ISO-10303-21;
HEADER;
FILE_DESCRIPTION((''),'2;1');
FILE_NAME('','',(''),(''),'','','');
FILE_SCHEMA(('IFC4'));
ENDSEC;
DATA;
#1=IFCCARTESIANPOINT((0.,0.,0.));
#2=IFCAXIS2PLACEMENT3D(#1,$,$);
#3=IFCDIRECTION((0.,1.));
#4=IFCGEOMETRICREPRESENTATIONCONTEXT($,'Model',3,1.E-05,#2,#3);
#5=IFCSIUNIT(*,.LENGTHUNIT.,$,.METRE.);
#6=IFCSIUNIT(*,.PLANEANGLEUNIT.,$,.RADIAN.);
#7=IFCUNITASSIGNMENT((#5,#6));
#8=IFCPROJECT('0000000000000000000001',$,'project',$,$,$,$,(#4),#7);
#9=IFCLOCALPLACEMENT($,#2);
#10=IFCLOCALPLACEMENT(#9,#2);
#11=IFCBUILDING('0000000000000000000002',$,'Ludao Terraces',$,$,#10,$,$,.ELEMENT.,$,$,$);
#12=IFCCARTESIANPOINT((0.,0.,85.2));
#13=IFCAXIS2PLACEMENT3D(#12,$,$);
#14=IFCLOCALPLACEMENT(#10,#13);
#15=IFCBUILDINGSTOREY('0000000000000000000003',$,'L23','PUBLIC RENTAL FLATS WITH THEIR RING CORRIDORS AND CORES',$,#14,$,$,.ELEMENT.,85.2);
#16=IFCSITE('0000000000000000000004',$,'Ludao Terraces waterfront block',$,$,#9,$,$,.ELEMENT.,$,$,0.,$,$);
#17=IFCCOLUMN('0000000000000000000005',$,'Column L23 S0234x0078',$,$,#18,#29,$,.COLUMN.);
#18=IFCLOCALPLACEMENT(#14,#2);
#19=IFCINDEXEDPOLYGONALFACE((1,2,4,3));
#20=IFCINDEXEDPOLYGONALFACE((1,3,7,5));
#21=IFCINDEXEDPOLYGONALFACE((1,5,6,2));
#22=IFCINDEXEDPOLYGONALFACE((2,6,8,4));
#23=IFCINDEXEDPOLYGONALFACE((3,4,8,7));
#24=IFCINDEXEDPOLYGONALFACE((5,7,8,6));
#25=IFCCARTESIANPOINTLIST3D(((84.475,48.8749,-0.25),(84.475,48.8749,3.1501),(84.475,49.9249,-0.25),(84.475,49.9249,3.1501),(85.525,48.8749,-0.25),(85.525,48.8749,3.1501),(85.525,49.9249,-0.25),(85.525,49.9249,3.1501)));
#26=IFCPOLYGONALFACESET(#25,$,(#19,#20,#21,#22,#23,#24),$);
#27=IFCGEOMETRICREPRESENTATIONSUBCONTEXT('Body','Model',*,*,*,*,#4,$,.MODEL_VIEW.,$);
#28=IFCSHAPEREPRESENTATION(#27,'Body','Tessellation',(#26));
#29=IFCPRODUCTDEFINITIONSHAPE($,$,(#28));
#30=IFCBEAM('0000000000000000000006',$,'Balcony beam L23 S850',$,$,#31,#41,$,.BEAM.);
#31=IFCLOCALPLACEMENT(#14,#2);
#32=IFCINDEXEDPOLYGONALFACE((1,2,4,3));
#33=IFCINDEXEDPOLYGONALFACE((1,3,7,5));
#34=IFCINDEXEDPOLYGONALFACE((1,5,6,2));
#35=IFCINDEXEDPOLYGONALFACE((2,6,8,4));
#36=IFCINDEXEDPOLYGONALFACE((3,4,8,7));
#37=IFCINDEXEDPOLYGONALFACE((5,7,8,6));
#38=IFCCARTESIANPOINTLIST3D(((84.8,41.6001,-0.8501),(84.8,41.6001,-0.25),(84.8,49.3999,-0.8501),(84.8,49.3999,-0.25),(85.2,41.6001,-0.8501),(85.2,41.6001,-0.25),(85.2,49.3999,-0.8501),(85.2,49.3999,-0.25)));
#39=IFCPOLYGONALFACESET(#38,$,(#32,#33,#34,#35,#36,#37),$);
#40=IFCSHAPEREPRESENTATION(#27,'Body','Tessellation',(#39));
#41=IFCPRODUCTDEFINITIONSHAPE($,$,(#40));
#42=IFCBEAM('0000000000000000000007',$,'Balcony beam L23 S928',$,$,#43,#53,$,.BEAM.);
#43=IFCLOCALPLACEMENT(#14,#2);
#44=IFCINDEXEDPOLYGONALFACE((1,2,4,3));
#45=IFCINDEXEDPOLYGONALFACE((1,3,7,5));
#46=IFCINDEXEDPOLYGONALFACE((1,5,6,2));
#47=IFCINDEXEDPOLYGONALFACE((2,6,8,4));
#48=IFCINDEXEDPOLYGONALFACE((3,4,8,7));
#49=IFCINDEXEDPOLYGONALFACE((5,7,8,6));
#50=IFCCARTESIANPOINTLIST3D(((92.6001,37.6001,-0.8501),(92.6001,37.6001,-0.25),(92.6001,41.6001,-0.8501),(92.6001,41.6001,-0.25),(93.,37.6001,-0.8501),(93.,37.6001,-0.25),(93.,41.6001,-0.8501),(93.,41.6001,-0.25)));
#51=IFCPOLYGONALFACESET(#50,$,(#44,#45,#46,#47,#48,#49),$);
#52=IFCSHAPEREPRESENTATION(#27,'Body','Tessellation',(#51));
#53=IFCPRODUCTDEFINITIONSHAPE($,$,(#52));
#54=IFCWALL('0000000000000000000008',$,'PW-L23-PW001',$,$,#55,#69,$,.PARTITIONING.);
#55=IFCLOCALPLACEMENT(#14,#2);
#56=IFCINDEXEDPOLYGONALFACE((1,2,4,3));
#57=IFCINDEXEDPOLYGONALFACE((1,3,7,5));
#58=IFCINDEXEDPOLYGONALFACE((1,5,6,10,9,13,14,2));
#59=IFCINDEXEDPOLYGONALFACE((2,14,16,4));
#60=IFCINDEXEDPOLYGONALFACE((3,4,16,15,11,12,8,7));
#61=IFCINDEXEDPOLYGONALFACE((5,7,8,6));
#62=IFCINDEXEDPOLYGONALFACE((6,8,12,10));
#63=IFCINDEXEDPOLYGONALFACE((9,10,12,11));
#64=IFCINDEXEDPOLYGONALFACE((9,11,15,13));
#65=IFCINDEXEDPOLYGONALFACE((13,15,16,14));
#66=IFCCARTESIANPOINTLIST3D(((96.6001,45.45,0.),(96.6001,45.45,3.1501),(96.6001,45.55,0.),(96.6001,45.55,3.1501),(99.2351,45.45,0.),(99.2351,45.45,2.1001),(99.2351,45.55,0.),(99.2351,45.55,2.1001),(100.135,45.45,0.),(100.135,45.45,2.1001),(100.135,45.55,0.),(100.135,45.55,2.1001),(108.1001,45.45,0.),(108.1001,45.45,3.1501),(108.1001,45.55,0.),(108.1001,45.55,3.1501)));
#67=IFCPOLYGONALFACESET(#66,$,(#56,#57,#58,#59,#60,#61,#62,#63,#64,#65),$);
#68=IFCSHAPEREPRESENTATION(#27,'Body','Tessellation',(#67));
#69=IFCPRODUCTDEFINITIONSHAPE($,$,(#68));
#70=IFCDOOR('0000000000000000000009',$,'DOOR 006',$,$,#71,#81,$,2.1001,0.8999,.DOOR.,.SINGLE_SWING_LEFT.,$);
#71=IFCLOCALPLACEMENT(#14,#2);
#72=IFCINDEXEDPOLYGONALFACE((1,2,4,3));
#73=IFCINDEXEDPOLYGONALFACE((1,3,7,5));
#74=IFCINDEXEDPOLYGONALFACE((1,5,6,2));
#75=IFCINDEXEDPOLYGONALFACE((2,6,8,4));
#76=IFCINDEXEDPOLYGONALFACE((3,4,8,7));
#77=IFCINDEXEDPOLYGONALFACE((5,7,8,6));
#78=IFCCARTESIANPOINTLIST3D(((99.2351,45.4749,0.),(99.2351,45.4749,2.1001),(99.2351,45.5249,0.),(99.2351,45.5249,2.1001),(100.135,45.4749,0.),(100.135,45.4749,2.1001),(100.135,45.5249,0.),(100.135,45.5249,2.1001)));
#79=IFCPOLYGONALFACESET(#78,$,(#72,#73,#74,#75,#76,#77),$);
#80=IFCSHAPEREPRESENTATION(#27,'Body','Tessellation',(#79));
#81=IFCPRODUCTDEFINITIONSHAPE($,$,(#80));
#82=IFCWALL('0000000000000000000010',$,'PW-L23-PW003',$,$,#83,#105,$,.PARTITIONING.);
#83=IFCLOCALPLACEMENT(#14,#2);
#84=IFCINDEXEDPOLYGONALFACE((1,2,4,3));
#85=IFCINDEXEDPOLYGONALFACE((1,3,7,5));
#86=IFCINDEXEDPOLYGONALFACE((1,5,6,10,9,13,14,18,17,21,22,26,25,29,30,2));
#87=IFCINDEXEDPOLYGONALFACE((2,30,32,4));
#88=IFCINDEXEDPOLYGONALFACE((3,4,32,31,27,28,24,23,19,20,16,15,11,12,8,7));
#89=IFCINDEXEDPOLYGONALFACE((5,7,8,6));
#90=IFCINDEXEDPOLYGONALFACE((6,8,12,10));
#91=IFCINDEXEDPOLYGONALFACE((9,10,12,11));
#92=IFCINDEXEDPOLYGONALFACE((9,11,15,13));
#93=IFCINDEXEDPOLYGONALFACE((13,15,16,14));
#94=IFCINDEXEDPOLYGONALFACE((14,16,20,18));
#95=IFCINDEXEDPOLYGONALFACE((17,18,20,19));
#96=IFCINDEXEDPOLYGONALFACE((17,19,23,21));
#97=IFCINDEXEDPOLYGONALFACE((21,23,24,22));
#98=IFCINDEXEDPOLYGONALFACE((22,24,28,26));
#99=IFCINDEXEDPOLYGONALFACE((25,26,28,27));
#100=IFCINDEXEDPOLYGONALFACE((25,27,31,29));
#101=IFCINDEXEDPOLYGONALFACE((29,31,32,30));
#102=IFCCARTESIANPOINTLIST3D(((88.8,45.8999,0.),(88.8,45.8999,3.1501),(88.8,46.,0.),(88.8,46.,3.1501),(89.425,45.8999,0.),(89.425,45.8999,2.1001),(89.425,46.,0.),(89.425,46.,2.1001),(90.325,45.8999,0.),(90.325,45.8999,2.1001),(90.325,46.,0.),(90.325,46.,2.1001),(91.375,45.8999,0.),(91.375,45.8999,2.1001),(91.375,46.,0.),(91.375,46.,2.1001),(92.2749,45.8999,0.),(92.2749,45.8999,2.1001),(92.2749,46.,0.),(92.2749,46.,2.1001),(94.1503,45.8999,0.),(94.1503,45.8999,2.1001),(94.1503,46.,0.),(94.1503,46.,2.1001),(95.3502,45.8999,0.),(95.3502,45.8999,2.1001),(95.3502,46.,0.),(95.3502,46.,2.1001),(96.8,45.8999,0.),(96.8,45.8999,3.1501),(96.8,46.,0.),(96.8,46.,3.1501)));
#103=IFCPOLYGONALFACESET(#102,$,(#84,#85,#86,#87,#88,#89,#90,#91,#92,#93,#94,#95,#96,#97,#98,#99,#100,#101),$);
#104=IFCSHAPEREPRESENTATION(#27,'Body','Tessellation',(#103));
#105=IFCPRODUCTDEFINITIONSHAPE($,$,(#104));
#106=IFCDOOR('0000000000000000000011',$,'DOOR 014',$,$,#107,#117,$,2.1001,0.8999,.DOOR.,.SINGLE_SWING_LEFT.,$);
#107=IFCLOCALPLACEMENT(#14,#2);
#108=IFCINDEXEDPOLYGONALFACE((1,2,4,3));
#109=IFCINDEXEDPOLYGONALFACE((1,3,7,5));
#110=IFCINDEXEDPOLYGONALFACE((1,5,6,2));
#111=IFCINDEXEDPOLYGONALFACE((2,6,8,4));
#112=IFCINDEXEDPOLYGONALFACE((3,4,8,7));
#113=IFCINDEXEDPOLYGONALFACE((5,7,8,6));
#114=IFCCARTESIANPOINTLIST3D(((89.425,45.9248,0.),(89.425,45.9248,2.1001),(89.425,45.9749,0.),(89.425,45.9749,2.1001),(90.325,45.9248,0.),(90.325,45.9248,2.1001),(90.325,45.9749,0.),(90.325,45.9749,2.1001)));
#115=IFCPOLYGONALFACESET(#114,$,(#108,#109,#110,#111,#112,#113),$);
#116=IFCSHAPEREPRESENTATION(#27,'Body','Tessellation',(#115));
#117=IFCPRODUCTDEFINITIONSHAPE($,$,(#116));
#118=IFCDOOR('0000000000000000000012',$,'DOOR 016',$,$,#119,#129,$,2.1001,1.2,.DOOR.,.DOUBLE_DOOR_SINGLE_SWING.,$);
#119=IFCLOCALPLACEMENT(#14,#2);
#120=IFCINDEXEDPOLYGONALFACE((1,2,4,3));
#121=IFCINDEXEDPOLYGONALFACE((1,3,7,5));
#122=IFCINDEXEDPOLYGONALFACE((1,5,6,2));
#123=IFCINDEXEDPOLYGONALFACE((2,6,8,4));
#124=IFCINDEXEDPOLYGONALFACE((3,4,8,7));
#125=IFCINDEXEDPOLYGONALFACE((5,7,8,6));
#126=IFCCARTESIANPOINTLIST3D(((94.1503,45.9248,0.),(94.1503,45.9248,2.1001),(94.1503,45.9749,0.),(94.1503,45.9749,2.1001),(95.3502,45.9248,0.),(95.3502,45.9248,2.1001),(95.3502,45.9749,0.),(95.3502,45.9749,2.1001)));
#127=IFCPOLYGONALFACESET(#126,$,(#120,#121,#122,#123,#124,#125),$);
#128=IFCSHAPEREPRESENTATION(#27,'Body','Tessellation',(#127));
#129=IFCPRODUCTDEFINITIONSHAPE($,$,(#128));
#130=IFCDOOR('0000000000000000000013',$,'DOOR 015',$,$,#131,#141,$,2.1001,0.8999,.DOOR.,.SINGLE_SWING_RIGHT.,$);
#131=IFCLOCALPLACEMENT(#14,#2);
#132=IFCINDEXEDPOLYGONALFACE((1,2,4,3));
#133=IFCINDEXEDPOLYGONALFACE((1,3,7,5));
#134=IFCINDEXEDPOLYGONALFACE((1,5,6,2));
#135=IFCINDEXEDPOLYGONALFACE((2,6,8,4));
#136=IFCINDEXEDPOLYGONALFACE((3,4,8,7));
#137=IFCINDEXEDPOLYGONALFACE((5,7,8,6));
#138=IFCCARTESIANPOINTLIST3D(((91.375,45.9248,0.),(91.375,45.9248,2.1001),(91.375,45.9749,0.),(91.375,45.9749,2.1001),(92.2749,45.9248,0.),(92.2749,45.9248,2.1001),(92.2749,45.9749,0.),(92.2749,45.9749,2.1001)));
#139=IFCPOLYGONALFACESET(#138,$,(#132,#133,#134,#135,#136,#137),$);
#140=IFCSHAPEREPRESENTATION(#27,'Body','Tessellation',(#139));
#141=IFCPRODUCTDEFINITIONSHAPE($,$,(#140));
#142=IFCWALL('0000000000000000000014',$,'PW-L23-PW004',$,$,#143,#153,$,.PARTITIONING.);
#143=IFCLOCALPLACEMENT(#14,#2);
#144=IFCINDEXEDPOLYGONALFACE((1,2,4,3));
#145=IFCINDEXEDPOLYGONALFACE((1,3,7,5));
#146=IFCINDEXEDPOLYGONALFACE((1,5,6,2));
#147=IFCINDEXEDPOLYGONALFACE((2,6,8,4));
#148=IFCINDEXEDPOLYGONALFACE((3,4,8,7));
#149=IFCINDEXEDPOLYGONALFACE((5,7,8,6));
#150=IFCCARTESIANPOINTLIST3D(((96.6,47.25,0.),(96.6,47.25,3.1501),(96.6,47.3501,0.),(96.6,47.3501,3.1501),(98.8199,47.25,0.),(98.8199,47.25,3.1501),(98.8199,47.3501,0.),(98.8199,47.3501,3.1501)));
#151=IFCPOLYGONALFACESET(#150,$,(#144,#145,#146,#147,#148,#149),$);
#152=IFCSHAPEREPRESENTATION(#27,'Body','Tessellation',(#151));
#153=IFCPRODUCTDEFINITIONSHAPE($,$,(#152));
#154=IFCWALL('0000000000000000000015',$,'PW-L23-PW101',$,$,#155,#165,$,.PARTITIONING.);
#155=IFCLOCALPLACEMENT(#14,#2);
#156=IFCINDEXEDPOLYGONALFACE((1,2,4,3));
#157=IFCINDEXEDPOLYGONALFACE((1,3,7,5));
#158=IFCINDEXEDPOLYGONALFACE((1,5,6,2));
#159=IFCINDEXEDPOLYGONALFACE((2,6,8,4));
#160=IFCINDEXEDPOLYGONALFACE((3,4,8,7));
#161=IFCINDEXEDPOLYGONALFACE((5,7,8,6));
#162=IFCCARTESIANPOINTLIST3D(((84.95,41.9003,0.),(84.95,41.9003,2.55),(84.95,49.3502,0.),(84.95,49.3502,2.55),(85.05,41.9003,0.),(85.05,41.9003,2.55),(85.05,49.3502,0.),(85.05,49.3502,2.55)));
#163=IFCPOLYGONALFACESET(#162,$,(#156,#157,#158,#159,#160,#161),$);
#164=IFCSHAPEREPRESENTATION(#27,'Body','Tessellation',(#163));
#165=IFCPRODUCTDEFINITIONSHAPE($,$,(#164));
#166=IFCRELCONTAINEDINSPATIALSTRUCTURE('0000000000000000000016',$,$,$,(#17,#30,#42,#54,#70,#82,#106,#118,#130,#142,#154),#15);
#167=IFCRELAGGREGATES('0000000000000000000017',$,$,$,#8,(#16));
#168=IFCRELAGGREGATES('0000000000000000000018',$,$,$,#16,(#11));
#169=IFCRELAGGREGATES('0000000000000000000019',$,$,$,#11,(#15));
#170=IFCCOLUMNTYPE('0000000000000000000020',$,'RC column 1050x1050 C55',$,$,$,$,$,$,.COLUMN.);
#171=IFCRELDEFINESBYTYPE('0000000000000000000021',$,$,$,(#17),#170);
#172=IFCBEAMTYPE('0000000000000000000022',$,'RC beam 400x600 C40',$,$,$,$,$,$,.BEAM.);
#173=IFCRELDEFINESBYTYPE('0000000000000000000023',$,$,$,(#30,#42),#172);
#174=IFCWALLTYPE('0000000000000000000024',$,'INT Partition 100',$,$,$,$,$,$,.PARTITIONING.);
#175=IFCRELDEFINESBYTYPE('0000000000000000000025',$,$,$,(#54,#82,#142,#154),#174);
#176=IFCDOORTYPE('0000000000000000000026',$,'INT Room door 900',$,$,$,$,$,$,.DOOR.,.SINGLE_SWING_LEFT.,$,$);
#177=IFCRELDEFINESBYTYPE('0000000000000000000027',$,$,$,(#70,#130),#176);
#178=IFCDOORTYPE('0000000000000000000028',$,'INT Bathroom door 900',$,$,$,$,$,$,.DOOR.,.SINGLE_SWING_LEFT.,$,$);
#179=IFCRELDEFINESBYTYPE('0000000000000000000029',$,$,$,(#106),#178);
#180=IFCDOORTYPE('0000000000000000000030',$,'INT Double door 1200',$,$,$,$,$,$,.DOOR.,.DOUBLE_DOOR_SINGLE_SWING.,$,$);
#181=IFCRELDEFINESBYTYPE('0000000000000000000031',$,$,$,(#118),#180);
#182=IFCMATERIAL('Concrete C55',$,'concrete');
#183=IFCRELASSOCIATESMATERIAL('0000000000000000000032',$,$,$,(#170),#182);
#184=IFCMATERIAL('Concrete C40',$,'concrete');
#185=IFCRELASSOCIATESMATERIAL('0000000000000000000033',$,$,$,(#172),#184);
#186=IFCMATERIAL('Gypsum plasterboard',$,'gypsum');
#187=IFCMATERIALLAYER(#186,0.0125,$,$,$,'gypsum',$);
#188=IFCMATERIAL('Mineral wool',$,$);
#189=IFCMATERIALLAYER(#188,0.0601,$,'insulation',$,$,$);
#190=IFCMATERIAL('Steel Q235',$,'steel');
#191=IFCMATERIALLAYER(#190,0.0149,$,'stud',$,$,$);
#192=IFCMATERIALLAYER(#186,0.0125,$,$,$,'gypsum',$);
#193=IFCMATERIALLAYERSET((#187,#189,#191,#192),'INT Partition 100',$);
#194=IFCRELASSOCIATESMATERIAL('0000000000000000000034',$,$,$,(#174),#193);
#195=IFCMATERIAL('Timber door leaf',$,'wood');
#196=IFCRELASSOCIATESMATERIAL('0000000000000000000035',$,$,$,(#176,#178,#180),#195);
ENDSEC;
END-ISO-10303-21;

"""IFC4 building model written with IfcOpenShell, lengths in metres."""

from ifc_helpers import new_model, si_unit, direction, frame, frame_2d, origin, origin_2d, place, context, subcontext, project, spatial, rectangle, extrude, material, layer, layer_set, material_profile, profile_set, type_object, element, fill, save


model = new_model("IFC4")

# Units and contexts
model_context = context("Model", 3, precision=1e-05, world=origin(), true_north=direction((0.0, 1.0)))
body_context = subcontext(model_context, "Body", "Model", "MODEL_VIEW")
ifc_project = project(units=[si_unit("LENGTHUNIT", "METRE"), si_unit("PLANEANGLEUNIT", "RADIAN")], contexts=[model_context])

# Site, building, storey
site_placement = place(None, origin())
site = spatial("IfcSite", under=ifc_project, at=site_placement, Name="Ludao Terraces waterfront block", CompositionType="ELEMENT", RefElevation=0.0)
building_placement = place(site_placement, origin())
building = spatial("IfcBuilding", under=site, at=building_placement, Name="Ludao Terraces", CompositionType="ELEMENT")
storey_placement = place(building_placement, frame((0.0, 0.0, 85.2)))
storey = spatial("IfcBuildingStorey", under=building, at=storey_placement, Name="L23", Description="PUBLIC RENTAL FLATS WITH THEIR RING CORRIDORS AND CORES", CompositionType="ELEMENT", Elevation=85.2)

# Column
ifc_material_1 = material(Name="Concrete C55", Category="concrete")
ifc_material_profile_1 = material_profile(ifc_material_1, rectangle(XDim=1.05, YDim=1.05, at=origin_2d()), Name="1050 X 1050")
ifc_profile_set_1 = profile_set([ifc_material_profile_1], Name="Concrete C55")
column_type = type_object("IfcColumnType", Name="RC column 1050x1050 C55", PredefinedType="COLUMN", material=ifc_profile_set_1)
column_placement = place(storey_placement, frame((85.0, 49.3999, -0.25), z_axis=(0.0, 0.0, 1.0), x_axis=(1.0, 0.0, 0.0)))
element("IfcColumn", 1, at=column_placement, inside=storey, type_object=column_type, Name="Column L23 S0234x0078", PredefinedType="COLUMN", context=body_context, shape_type="SweptSolid", body=[
    extrude(rectangle(XDim=1.05, YDim=1.05, at=origin_2d()), origin(), (0.0, 0.0, 1.0), 3.4001),
])

# Beams
ifc_material_2 = material(Name="Concrete C40", Category="concrete")
ifc_material_profile_2 = material_profile(ifc_material_2, rectangle(XDim=0.3999, YDim=0.6001, at=origin_2d()), Name="400 X 600")
ifc_profile_set_2 = profile_set([ifc_material_profile_2], Name="Concrete C40")
beam_type = type_object("IfcBeamType", Name="RC beam 400x600 C40", PredefinedType="BEAM", material=ifc_profile_set_2)
beam_1_placement = place(storey_placement, frame((85.0, 49.3999, -0.55), z_axis=(0.0, -1.0, 0.0), x_axis=(1.0, 0.0, 0.0)))
element("IfcBeam", 2, at=beam_1_placement, inside=storey, type_object=beam_type, Name="Balcony beam L23 S850", PredefinedType="BEAM", context=body_context, shape_type="SweptSolid", body=[
    extrude(rectangle(XDim=0.3999, YDim=0.6001, at=origin_2d()), origin(), (0.0, 0.0, 1.0), 7.7998),
])
beam_2_placement = place(storey_placement, frame((92.8, 41.6001, -0.55), z_axis=(0.0, -1.0, 0.0), x_axis=(1.0, 0.0, 0.0)))
element("IfcBeam", 3, at=beam_2_placement, inside=storey, type_object=beam_type, Name="Balcony beam L23 S928", PredefinedType="BEAM", context=body_context, shape_type="SweptSolid", body=[
    extrude(rectangle(XDim=0.3999, YDim=0.6001, at=origin_2d()), origin(), (0.0, 0.0, 1.0), 4.0),
])

# Shared definitions
ifc_material_3 = material(Name="Mineral wool")

# Wall, opening, door
ifc_material_4 = material(Name="Gypsum plasterboard", Category="gypsum")
ifc_layer_1 = layer(ifc_material_4, 0.0125, Category="gypsum")
ifc_layer_2 = layer(ifc_material_3, 0.0601, Name="insulation")
ifc_material_5 = material(Name="Steel Q235", Category="steel")
ifc_layer_3 = layer(ifc_material_5, 0.0149, Name="stud")
ifc_layer_4 = layer(ifc_material_4, 0.0125, Category="gypsum")
ifc_layer_set_1 = layer_set([ifc_layer_1, ifc_layer_2, ifc_layer_3, ifc_layer_4], Name="INT Partition 100")
wall_type_1 = type_object("IfcWallType", Name="INT Partition 100", PredefinedType="PARTITIONING", material=ifc_layer_set_1)
wall_1_placement = place(storey_placement, frame((96.6001, 45.5, 0.0), z_axis=(0.0, 0.0, 1.0), x_axis=(1.0, 0.0, 0.0)))
wall_1 = element("IfcWall", 4, at=wall_1_placement, inside=storey, type_object=wall_type_1, Name="PW-L23-PW001", PredefinedType="PARTITIONING", context=body_context, shape_type="SweptSolid", body=[
    extrude(rectangle(XDim=11.5, YDim=0.1001, at=frame_2d((5.75, 0.0))), origin(), (0.0, 0.0, 1.0), 3.1501),
])
opening_1_placement = place(wall_1_placement, frame((2.635, 0.0, 0.0)))
opening_1 = element("IfcOpeningElement", 5, at=opening_1_placement, cuts=wall_1, PredefinedType="OPENING", context=body_context, shape_type="SweptSolid", body=[
    extrude(rectangle(XDim=0.8999, YDim=2.1001, at=frame_2d((0.45, 1.05))), frame((0.0, 0.0601, 0.0), z_axis=(0.0, -1.0, 0.0), x_axis=(1.0, 0.0, 0.0)), (0.0, 0.0, 1.0), 0.1201),
])
ifc_material_6 = material(Name="Timber door leaf", Category="wood")
door_type_1 = type_object("IfcDoorType", Name="INT Room door 900", OperationType="SINGLE_SWING_LEFT", PredefinedType="DOOR", material=ifc_material_6)
door_1_placement = place(opening_1_placement, origin())
door_1 = element("IfcDoor", 6, at=door_1_placement, inside=storey, type_object=door_type_1, Name="DOOR 006", OperationType="SINGLE_SWING_LEFT", OverallHeight=2.1001, OverallWidth=0.8999, PredefinedType="DOOR", context=body_context, shape_type="SweptSolid", body=[
    extrude(rectangle(XDim=0.8999, YDim=2.1001, at=frame_2d((0.45, 1.05))), frame((0.0, 0.0249, 0.0), z_axis=(0.0, -1.0, 0.0), x_axis=(1.0, 0.0, 0.0)), (0.0, 0.0, 1.0), 0.05),
])
fill(opening_1, door_1)

# Wall, openings, doors
wall_2_placement = place(storey_placement, frame((88.8, 45.95, 0.0), z_axis=(0.0, 0.0, 1.0), x_axis=(1.0, 0.0, 0.0)))
wall_2 = element("IfcWall", 7, at=wall_2_placement, inside=storey, type_object=wall_type_1, Name="PW-L23-PW003", PredefinedType="PARTITIONING", context=body_context, shape_type="SweptSolid", body=[
    extrude(rectangle(XDim=8.0, YDim=0.1001, at=frame_2d((4.0, 0.0))), origin(), (0.0, 0.0, 1.0), 3.1501),
])
opening_2_placement = place(wall_2_placement, frame((0.625, 0.0, 0.0)))
opening_2 = element("IfcOpeningElement", 8, at=opening_2_placement, cuts=wall_2, PredefinedType="OPENING", context=body_context, shape_type="SweptSolid", body=[
    extrude(rectangle(XDim=0.8999, YDim=2.1001, at=frame_2d((0.45, 1.05))), frame((0.0, 0.0601, 0.0), z_axis=(0.0, -1.0, 0.0), x_axis=(1.0, 0.0, 0.0)), (0.0, 0.0, 1.0), 0.1201),
])
opening_3_placement = place(wall_2_placement, frame((2.575, 0.0, 0.0)))
opening_3 = element("IfcOpeningElement", 9, at=opening_3_placement, cuts=wall_2, PredefinedType="OPENING", context=body_context, shape_type="SweptSolid", body=[
    extrude(rectangle(XDim=0.8999, YDim=2.1001, at=frame_2d((0.45, 1.05))), frame((0.0, 0.0601, 0.0), z_axis=(0.0, -1.0, 0.0), x_axis=(1.0, 0.0, 0.0)), (0.0, 0.0, 1.0), 0.1201),
])
opening_4_placement = place(wall_2_placement, frame((5.3501, 0.0, 0.0)))
opening_4 = element("IfcOpeningElement", 10, at=opening_4_placement, cuts=wall_2, PredefinedType="OPENING", context=body_context, shape_type="SweptSolid", body=[
    extrude(rectangle(XDim=1.2, YDim=2.1001, at=frame_2d((0.6001, 1.05))), frame((0.0, 0.0601, 0.0), z_axis=(0.0, -1.0, 0.0), x_axis=(1.0, 0.0, 0.0)), (0.0, 0.0, 1.0), 0.1201),
])
door_type_2 = type_object("IfcDoorType", Name="INT Bathroom door 900", OperationType="SINGLE_SWING_LEFT", PredefinedType="DOOR", material=ifc_material_6)
door_2_placement = place(opening_2_placement, origin())
door_2 = element("IfcDoor", 11, at=door_2_placement, inside=storey, type_object=door_type_2, Name="DOOR 014", OperationType="SINGLE_SWING_LEFT", OverallHeight=2.1001, OverallWidth=0.8999, PredefinedType="DOOR", context=body_context, shape_type="SweptSolid", body=[
    extrude(rectangle(XDim=0.8999, YDim=2.1001, at=frame_2d((0.45, 1.05))), frame((0.0, 0.0249, 0.0), z_axis=(0.0, -1.0, 0.0), x_axis=(1.0, 0.0, 0.0)), (0.0, 0.0, 1.0), 0.05),
])
fill(opening_2, door_2)
door_type_3 = type_object("IfcDoorType", Name="INT Double door 1200", OperationType="DOUBLE_DOOR_SINGLE_SWING", PredefinedType="DOOR", material=ifc_material_6)
door_3_placement = place(opening_4_placement, origin())
door_3 = element("IfcDoor", 12, at=door_3_placement, inside=storey, type_object=door_type_3, Name="DOOR 016", OperationType="DOUBLE_DOOR_SINGLE_SWING", OverallHeight=2.1001, OverallWidth=1.2, PredefinedType="DOOR", context=body_context, shape_type="SweptSolid", body=[
    extrude(rectangle(XDim=1.2, YDim=2.1001, at=frame_2d((0.6001, 1.05))), frame((0.0, 0.0249, 0.0), z_axis=(0.0, -1.0, 0.0), x_axis=(1.0, 0.0, 0.0)), (0.0, 0.0, 1.0), 0.05),
])
fill(opening_4, door_3)
door_4_placement = place(opening_3_placement, origin())
door_4 = element("IfcDoor", 13, at=door_4_placement, inside=storey, type_object=door_type_1, Name="DOOR 015", OperationType="SINGLE_SWING_RIGHT", OverallHeight=2.1001, OverallWidth=0.8999, PredefinedType="DOOR", context=body_context, shape_type="SweptSolid", body=[
    extrude(rectangle(XDim=0.8999, YDim=2.1001, at=frame_2d((0.45, 1.05))), frame((0.0, 0.0249, 0.0), z_axis=(0.0, -1.0, 0.0), x_axis=(1.0, 0.0, 0.0)), (0.0, 0.0, 1.0), 0.05),
])
fill(opening_3, door_4)

# Walls
wall_3_placement = place(storey_placement, frame((96.6001, 47.3, 0.0), z_axis=(0.0, 0.0, 1.0), x_axis=(1.0, 0.0, 0.0)))
element("IfcWall", 14, at=wall_3_placement, inside=storey, type_object=wall_type_1, Name="PW-L23-PW004", PredefinedType="PARTITIONING", context=body_context, shape_type="SweptSolid", body=[
    extrude(rectangle(XDim=2.22, YDim=0.1001, at=frame_2d((1.1099, 0.0))), origin(), (0.0, 0.0, 1.0), 3.1501),
])
wall_4_placement = place(storey_placement, frame((85.0, 41.9001, 0.0), z_axis=(0.0, 0.0, 1.0), x_axis=(0.0, 1.0, 0.0)))
element("IfcWall", 15, at=wall_4_placement, inside=storey, type_object=wall_type_1, Name="PW-L23-PW101", PredefinedType="PARTITIONING", context=body_context, shape_type="SweptSolid", body=[
    extrude(rectangle(XDim=7.45, YDim=0.1001, at=frame_2d((3.7251, 0.0))), origin(), (0.0, 0.0, 1.0), 2.55),
])

save(model, "model.ifc")
